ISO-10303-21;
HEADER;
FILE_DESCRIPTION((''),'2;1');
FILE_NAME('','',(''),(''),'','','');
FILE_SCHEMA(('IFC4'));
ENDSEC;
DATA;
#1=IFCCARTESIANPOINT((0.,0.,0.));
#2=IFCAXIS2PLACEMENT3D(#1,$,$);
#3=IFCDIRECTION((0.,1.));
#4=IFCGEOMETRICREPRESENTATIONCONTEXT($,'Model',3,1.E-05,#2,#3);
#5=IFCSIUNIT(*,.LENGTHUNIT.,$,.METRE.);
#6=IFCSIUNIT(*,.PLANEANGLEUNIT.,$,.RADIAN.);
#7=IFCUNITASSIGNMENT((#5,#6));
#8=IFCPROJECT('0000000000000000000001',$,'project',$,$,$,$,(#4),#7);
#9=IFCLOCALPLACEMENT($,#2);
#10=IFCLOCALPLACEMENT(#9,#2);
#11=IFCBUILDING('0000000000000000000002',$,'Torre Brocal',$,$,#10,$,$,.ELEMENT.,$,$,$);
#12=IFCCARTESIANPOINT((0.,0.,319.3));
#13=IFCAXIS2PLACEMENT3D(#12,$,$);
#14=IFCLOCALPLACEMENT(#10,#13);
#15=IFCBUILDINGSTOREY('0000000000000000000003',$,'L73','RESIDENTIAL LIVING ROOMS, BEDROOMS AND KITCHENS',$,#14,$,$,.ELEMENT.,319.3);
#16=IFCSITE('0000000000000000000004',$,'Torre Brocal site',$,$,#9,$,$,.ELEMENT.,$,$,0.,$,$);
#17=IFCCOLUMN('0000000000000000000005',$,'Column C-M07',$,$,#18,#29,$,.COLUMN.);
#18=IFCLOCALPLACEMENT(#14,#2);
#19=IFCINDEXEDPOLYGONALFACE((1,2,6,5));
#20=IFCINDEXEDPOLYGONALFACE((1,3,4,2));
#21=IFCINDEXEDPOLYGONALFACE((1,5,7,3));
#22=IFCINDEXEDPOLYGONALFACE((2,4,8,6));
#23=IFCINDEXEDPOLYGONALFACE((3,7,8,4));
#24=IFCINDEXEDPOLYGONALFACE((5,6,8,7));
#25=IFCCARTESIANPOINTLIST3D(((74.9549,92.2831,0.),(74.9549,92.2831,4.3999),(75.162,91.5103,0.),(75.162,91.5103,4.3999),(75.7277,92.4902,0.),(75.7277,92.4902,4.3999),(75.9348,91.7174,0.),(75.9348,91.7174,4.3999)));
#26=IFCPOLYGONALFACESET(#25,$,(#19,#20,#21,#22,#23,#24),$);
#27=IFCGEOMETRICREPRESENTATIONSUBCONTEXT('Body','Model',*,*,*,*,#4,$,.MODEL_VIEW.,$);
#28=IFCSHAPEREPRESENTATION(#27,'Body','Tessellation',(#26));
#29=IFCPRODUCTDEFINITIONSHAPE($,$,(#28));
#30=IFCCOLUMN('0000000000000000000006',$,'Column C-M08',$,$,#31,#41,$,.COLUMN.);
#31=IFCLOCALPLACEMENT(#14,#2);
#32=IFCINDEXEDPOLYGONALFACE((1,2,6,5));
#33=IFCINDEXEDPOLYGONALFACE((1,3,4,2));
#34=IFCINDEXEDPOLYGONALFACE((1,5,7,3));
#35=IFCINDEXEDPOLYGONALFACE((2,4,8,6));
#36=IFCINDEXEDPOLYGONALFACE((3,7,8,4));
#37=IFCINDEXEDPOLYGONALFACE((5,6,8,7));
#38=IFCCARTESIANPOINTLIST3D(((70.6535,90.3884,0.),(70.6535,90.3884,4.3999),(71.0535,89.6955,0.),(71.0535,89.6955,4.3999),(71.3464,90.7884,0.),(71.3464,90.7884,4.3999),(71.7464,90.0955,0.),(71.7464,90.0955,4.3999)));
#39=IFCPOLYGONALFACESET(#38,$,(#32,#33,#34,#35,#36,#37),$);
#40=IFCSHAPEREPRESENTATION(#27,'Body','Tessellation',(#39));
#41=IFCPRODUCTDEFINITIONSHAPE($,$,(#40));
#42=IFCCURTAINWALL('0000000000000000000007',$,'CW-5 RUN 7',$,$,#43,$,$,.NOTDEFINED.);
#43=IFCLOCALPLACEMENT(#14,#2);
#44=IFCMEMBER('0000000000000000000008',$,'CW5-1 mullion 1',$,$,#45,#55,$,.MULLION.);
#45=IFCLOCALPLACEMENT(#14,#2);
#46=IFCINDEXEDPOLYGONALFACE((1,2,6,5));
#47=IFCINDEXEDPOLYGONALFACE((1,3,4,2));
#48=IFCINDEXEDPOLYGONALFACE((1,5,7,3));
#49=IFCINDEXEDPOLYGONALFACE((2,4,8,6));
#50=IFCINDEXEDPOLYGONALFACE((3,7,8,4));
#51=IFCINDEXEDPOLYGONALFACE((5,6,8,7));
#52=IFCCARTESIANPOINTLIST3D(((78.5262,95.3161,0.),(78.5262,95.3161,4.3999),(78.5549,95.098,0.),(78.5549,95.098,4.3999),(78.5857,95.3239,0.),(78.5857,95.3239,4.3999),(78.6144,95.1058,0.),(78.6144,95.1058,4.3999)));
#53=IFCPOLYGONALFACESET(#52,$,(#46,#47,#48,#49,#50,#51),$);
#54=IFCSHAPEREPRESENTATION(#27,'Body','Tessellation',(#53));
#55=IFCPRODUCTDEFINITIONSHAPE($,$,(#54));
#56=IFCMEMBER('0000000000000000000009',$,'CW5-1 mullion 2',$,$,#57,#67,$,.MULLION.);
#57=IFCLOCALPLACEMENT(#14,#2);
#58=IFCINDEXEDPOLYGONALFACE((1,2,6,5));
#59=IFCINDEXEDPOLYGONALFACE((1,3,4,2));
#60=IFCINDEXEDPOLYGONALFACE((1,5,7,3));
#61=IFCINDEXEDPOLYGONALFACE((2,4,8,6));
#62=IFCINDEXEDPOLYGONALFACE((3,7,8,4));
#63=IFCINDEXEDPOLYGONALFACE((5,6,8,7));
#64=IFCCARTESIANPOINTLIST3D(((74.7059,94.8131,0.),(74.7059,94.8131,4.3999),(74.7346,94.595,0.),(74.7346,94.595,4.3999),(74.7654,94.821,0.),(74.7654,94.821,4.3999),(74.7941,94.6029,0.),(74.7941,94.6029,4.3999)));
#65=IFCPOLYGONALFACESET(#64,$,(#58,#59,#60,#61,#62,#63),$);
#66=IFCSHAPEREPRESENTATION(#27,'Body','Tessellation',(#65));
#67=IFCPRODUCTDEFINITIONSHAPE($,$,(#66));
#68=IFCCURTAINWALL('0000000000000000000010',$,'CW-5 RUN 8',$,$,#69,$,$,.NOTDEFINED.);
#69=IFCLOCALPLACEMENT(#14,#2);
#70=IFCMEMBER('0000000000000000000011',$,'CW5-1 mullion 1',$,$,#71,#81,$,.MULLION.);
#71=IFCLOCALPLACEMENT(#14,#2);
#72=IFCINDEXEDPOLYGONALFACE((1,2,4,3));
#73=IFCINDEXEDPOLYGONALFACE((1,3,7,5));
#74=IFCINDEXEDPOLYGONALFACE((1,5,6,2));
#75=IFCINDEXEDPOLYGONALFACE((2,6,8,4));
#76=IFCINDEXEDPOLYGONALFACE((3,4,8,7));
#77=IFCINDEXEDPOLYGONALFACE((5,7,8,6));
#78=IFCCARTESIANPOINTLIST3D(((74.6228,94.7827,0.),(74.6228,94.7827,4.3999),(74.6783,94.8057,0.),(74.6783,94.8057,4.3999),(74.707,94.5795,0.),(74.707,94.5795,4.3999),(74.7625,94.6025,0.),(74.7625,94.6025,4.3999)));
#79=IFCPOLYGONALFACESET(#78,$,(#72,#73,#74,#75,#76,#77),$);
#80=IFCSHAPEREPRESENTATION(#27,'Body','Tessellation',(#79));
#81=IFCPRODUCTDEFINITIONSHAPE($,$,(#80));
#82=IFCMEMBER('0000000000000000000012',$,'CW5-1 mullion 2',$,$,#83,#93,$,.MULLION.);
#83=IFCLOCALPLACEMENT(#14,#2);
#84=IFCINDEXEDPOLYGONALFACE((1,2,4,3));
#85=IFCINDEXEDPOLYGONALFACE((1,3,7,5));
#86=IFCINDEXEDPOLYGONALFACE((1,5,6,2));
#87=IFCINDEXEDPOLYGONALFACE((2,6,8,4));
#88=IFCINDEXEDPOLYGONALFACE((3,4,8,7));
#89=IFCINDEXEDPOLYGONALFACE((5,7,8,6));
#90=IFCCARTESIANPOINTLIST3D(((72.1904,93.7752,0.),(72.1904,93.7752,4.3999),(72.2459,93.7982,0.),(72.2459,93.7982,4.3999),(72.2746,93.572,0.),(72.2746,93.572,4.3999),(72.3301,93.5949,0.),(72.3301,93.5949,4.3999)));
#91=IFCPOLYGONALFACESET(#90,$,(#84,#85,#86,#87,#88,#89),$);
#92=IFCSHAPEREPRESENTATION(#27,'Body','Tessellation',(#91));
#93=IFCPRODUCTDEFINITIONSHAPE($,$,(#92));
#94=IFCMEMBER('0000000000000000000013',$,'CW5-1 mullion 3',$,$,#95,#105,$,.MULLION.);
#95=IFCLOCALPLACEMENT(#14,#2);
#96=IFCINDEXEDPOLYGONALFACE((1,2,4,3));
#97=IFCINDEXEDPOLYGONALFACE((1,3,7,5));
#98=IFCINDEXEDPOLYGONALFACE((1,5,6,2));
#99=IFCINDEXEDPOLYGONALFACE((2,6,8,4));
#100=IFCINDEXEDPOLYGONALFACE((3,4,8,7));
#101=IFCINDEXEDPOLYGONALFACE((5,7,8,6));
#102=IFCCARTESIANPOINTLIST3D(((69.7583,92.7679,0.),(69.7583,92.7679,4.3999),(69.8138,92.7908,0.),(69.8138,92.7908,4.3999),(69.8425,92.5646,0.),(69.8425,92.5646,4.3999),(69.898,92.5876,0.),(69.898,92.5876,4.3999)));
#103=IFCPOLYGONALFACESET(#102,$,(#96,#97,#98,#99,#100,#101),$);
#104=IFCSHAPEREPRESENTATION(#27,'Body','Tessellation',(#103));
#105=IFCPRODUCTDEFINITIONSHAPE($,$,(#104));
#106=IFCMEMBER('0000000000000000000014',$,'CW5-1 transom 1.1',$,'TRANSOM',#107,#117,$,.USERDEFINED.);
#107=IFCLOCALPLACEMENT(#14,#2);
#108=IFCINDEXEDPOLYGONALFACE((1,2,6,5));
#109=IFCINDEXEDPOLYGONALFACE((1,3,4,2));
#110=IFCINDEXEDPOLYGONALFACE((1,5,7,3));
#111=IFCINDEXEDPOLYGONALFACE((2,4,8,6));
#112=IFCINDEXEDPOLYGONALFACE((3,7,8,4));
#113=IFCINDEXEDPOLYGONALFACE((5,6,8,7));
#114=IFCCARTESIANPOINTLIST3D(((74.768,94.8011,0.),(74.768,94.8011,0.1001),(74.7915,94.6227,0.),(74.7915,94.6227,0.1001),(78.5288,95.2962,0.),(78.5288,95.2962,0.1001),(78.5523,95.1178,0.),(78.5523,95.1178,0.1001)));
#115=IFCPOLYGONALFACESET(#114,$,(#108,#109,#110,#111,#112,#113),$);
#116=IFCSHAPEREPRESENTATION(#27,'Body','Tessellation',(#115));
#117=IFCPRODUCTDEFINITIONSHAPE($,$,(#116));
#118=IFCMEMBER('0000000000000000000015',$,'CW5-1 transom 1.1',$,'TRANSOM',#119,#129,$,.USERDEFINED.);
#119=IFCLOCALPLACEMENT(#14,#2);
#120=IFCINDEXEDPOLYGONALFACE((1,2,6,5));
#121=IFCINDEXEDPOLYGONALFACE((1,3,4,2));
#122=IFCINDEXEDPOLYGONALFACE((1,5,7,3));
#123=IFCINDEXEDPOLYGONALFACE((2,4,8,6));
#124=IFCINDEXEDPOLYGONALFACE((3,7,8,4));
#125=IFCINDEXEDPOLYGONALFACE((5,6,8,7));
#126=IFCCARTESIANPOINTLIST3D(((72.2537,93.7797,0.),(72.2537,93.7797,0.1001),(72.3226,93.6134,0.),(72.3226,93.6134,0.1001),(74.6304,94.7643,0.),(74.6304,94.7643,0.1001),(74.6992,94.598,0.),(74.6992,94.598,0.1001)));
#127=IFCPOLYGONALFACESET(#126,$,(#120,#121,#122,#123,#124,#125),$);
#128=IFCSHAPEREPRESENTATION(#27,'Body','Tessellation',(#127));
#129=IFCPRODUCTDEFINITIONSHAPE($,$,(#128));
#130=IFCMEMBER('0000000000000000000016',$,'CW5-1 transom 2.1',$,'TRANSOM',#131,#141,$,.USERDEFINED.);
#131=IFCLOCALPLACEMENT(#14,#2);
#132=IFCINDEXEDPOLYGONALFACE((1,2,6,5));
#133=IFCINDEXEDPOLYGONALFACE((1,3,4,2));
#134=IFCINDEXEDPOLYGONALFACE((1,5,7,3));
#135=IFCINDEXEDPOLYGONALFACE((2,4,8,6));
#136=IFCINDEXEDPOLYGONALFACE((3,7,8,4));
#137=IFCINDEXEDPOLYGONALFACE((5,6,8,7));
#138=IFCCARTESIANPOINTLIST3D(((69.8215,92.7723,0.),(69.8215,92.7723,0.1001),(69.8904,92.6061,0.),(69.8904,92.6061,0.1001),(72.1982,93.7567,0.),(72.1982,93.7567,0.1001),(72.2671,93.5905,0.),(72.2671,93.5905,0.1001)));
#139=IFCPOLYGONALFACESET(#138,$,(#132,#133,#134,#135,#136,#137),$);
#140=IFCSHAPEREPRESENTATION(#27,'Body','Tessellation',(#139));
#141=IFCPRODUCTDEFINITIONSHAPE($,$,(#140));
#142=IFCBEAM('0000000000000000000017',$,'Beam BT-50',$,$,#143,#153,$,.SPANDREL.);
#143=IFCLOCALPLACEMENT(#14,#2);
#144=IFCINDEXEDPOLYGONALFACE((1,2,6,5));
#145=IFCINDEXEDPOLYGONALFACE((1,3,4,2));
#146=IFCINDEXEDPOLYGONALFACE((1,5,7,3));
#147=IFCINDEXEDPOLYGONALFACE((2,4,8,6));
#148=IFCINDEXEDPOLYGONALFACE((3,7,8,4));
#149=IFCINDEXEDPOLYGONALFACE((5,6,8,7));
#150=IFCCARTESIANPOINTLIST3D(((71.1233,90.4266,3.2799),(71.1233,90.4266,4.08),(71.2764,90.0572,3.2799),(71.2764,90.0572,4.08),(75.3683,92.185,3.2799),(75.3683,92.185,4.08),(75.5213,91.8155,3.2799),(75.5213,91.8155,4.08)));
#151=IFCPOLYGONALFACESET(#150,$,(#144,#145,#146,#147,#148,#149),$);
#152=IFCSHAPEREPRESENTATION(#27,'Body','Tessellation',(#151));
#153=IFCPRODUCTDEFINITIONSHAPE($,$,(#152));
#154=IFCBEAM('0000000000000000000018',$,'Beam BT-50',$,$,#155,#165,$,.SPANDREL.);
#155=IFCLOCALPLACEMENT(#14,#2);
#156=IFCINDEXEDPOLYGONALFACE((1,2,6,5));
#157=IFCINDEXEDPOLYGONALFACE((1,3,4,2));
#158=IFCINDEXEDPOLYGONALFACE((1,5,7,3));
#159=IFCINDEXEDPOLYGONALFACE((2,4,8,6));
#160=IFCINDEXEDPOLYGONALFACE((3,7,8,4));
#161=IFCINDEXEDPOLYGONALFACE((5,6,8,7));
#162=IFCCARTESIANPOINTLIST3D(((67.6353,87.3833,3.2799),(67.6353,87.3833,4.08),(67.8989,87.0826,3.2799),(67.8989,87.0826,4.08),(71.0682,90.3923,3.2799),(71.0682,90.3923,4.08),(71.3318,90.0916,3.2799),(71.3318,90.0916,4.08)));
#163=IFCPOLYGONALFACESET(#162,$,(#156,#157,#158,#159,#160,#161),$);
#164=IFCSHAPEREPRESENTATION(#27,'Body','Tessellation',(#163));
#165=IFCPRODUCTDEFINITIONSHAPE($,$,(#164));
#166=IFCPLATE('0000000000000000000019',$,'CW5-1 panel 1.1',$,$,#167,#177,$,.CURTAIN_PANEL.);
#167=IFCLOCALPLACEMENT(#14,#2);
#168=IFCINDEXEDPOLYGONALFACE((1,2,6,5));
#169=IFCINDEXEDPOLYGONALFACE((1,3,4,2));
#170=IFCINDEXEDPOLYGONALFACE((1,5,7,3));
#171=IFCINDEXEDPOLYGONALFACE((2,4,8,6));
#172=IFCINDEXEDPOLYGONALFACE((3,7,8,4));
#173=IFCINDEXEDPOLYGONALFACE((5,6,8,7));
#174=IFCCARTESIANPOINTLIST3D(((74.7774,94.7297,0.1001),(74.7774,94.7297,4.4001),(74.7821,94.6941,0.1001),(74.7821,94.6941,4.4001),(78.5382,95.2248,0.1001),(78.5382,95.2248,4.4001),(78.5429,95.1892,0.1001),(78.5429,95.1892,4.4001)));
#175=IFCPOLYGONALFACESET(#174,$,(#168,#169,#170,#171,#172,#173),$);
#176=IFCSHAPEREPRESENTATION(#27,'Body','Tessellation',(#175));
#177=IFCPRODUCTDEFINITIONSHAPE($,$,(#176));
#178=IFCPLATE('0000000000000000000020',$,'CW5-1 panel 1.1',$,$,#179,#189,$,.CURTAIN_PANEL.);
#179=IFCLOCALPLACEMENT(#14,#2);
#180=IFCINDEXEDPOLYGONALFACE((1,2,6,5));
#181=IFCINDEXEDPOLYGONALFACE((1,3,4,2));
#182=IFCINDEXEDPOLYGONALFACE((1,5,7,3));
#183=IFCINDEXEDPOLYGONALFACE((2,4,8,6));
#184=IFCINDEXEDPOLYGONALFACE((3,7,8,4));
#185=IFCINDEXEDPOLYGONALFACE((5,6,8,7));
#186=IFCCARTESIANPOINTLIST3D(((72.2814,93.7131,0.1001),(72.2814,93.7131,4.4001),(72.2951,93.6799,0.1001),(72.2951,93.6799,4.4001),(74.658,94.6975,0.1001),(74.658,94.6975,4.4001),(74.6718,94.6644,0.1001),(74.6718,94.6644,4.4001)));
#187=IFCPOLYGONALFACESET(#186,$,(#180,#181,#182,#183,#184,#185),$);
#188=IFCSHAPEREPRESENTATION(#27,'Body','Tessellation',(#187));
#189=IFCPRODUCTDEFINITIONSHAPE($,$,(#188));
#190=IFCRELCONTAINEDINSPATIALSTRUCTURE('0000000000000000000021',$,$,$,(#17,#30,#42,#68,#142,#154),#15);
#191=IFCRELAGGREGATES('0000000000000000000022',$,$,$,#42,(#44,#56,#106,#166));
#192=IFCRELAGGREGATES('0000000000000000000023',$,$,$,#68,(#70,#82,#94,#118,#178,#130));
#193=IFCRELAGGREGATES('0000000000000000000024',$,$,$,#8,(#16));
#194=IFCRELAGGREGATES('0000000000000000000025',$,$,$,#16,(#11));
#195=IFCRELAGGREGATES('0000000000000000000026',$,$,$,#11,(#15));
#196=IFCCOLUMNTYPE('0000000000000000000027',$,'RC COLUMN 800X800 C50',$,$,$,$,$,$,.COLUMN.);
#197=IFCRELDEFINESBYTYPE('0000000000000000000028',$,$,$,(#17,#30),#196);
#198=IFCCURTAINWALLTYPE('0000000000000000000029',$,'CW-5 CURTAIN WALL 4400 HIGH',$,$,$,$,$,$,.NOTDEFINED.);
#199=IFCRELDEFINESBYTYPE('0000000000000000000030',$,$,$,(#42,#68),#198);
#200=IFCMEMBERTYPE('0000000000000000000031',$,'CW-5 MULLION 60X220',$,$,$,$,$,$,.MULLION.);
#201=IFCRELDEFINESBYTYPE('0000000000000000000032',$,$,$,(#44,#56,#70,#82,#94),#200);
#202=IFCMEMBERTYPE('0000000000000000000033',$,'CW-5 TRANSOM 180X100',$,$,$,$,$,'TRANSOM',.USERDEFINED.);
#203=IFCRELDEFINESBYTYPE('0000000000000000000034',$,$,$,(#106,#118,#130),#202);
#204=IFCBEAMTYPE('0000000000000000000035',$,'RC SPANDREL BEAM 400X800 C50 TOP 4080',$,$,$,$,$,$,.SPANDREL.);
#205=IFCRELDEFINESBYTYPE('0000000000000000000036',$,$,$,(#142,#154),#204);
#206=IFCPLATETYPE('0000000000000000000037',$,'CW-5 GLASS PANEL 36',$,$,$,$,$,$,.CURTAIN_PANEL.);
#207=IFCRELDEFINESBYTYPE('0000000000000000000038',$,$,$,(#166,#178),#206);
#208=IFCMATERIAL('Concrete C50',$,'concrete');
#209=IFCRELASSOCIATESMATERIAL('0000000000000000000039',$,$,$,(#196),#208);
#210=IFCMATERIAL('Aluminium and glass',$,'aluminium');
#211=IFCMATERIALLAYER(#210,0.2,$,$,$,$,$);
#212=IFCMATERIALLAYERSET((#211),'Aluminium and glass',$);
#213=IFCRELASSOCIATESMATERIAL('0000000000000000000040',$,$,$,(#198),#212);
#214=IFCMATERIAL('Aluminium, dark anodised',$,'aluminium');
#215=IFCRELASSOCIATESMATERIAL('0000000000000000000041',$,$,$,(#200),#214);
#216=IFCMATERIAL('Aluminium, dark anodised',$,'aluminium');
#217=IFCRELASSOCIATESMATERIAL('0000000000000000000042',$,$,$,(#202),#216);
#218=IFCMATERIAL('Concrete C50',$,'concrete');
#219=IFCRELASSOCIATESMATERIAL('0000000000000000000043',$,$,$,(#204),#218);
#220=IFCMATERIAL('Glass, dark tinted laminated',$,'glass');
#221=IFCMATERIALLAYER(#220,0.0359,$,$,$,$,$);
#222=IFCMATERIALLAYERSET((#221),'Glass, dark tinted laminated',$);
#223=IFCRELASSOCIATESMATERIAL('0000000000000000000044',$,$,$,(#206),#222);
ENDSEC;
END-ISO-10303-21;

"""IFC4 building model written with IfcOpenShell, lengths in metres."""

from ifc_helpers import new_model, si_unit, direction, frame, origin, origin_2d, place, context, subcontext, project, spatial, rectangle, extrude, material, layer, layer_set, material_profile, profile_set, type_object, element, aggregate, save


model = new_model("IFC4")

# Units and contexts
model_context = context("Model", 3, precision=1e-05, world=origin(), true_north=direction((0.0, 1.0)))
body_context = subcontext(model_context, "Body", "Model", "MODEL_VIEW")
ifc_project = project(units=[si_unit("LENGTHUNIT", "METRE"), si_unit("PLANEANGLEUNIT", "RADIAN")], contexts=[model_context])

# Site, building, storey
site_placement = place(None, origin())
site = spatial("IfcSite", under=ifc_project, at=site_placement, Name="Torre Brocal site", CompositionType="ELEMENT", RefElevation=0.0)
building_placement = place(site_placement, origin())
building = spatial("IfcBuilding", under=site, at=building_placement, Name="Torre Brocal", CompositionType="ELEMENT")
storey_placement = place(building_placement, frame((0.0, 0.0, 319.3)))
storey = spatial("IfcBuildingStorey", under=building, at=storey_placement, Name="L73", Description="RESIDENTIAL LIVING ROOMS, BEDROOMS AND KITCHENS", CompositionType="ELEMENT", Elevation=319.3)

# Columns
ifc_material_1 = material(Name="Concrete C50", Category="concrete")
ifc_material_profile_1 = material_profile(ifc_material_1, rectangle(XDim=0.8, YDim=0.8, at=origin_2d()), Name="RC 800X800")
ifc_profile_set_1 = profile_set([ifc_material_profile_1], Name="Concrete C50")
column_type = type_object("IfcColumnType", Name="RC COLUMN 800X800 C50", PredefinedType="COLUMN", material=ifc_profile_set_1)
for number, where, z_axis, x_axis, name in (
    (1, (75.4448, 92.0002, 0.0), (0.0, 0.0, 1.0), (-0.258819, 0.965926, 0.0), "Column C-M07"),
    (2, (71.2, 90.2419, 0.0), (0.0, 0.0, 1.0), (-0.5, 0.866025, 0.0), "Column C-M08"),
):
    element("IfcColumn", number, at=place(storey_placement, frame(where, z_axis=z_axis, x_axis=x_axis)), inside=storey, type_object=column_type, Name=name, PredefinedType="COLUMN", context=body_context, shape_type="SweptSolid", body=[
        extrude(rectangle(XDim=0.8, YDim=0.8, at=origin_2d()), origin(), (0.0, 0.0, 1.0), 4.3999),
    ])

# Curtain walls, members
ifc_material_2 = material(Name="Aluminium and glass", Category="aluminium")
ifc_layer_1 = layer(ifc_material_2, 0.2)
ifc_layer_set_1 = layer_set([ifc_layer_1], Name="Aluminium and glass")
curtain_wall_type = type_object("IfcCurtainWallType", Name="CW-5 CURTAIN WALL 4400 HIGH", PredefinedType="NOTDEFINED", material=ifc_layer_set_1)
curtain_wall_1_placement = place(storey_placement, origin())
curtain_wall_1 = element("IfcCurtainWall", 3, at=curtain_wall_1_placement, inside=storey, type_object=curtain_wall_type, Name="CW-5 RUN 7", PredefinedType="NOTDEFINED")
ifc_material_3 = material(Name="Aluminium, dark anodised", Category="aluminium")
ifc_material_profile_2 = material_profile(ifc_material_3, rectangle(XDim=0.22, YDim=0.0601, at=origin_2d()), Name="CW-5 MULLION 60X220")
ifc_profile_set_2 = profile_set([ifc_material_profile_2], Name="Aluminium, dark anodised")
member_type_1 = type_object("IfcMemberType", Name="CW-5 MULLION 60X220", PredefinedType="MULLION", material=ifc_profile_set_2)
member_1_placement = place(storey_placement, frame((78.5703, 95.2109, 0.0), z_axis=(0.0, 0.0, 1.0), x_axis=(0.130526, -0.991445, 0.0)))
member_1 = element("IfcMember", 4, at=member_1_placement, type_object=member_type_1, Name="CW5-1 mullion 1", PredefinedType="MULLION", context=body_context, shape_type="SweptSolid", body=[
    extrude(rectangle(XDim=0.22, YDim=0.0601, at=origin_2d()), origin(), (0.0, 0.0, 1.0), 4.3999),
])
member_2_placement = place(storey_placement, frame((74.75, 94.708, 0.0), z_axis=(0.0, 0.0, 1.0), x_axis=(0.130526, -0.991445, 0.0)))
member_2 = element("IfcMember", 5, at=member_2_placement, type_object=member_type_1, Name="CW5-1 mullion 2", PredefinedType="MULLION", context=body_context, shape_type="SweptSolid", body=[
    extrude(rectangle(XDim=0.22, YDim=0.0601, at=origin_2d()), origin(), (0.0, 0.0, 1.0), 4.3999),
])
curtain_wall_2_placement = place(storey_placement, origin())
curtain_wall_2 = element("IfcCurtainWall", 6, at=curtain_wall_2_placement, inside=storey, type_object=curtain_wall_type, Name="CW-5 RUN 8", PredefinedType="NOTDEFINED")
member_3_placement = place(storey_placement, frame((74.6926, 94.6926, 0.0), z_axis=(0.0, 0.0, 1.0), x_axis=(0.382683, -0.92388, 0.0)))
member_3 = element("IfcMember", 7, at=member_3_placement, type_object=member_type_1, Name="CW5-1 mullion 1", PredefinedType="MULLION", context=body_context, shape_type="SweptSolid", body=[
    extrude(rectangle(XDim=0.22, YDim=0.0601, at=origin_2d()), origin(), (0.0, 0.0, 1.0), 4.3999),
])
member_4_placement = place(storey_placement, frame((72.2603, 93.6851, 0.0), z_axis=(0.0, 0.0, 1.0), x_axis=(0.382683, -0.92388, 0.0)))
member_4 = element("IfcMember", 8, at=member_4_placement, type_object=member_type_1, Name="CW5-1 mullion 2", PredefinedType="MULLION", context=body_context, shape_type="SweptSolid", body=[
    extrude(rectangle(XDim=0.22, YDim=0.0601, at=origin_2d()), origin(), (0.0, 0.0, 1.0), 4.3999),
])
member_5_placement = place(storey_placement, frame((69.8281, 92.6777, 0.0), z_axis=(0.0, 0.0, 1.0), x_axis=(0.382683, -0.92388, 0.0)))
member_5 = element("IfcMember", 9, at=member_5_placement, type_object=member_type_1, Name="CW5-1 mullion 3", PredefinedType="MULLION", context=body_context, shape_type="SweptSolid", body=[
    extrude(rectangle(XDim=0.22, YDim=0.0601, at=origin_2d()), origin(), (0.0, 0.0, 1.0), 4.3999),
])

# Members
ifc_material_4 = material(Name="Aluminium, dark anodised", Category="aluminium")
ifc_material_profile_3 = material_profile(ifc_material_4, rectangle(XDim=0.1799, YDim=0.1001, at=origin_2d()), Name="CW-5 TRANSOM 180X100")
ifc_profile_set_3 = profile_set([ifc_material_profile_3], Name="Aluminium, dark anodised")
member_type_2 = type_object("IfcMemberType", Name="CW-5 TRANSOM 180X100", ElementType="TRANSOM", PredefinedType="USERDEFINED", material=ifc_profile_set_3)
member_6_placement = place(storey_placement, frame((78.5405, 95.207, 0.05), z_axis=(-0.991445, -0.130528, 0.0), x_axis=(0.130528, -0.991445, 0.0)))
member_6 = element("IfcMember", 10, at=member_6_placement, type_object=member_type_2, Name="CW5-1 transom 1.1", ObjectType="TRANSOM", PredefinedType="USERDEFINED", context=body_context, shape_type="SweptSolid", body=[
    extrude(rectangle(XDim=0.1799, YDim=0.1001, at=origin_2d()), origin(), (0.0, 0.0, 1.0), 3.7932),
])
member_7_placement = place(storey_placement, frame((74.6648, 94.6812, 0.05), z_axis=(-0.923858, -0.382735, 0.0), x_axis=(0.382735, -0.923858, 0.0)))
member_7 = element("IfcMember", 11, at=member_7_placement, type_object=member_type_2, Name="CW5-1 transom 1.1", ObjectType="TRANSOM", PredefinedType="USERDEFINED", context=body_context, shape_type="SweptSolid", body=[
    extrude(rectangle(XDim=0.1799, YDim=0.1001, at=origin_2d()), origin(), (0.0, 0.0, 1.0), 2.5725),
])
member_8_placement = place(storey_placement, frame((72.2327, 93.6736, 0.05), z_axis=(-0.923892, -0.382654, 0.0), x_axis=(0.382654, -0.923892, 0.0)))
member_8 = element("IfcMember", 12, at=member_8_placement, type_object=member_type_2, Name="CW5-1 transom 2.1", ObjectType="TRANSOM", PredefinedType="USERDEFINED", context=body_context, shape_type="SweptSolid", body=[
    extrude(rectangle(XDim=0.1799, YDim=0.1001, at=origin_2d()), origin(), (0.0, 0.0, 1.0), 2.5725),
])

# Beams
ifc_material_5 = material(Name="Concrete C50", Category="concrete")
ifc_material_profile_4 = material_profile(ifc_material_5, rectangle(XDim=0.3999, YDim=0.8, at=origin_2d()), Name="RC 400X800")
ifc_profile_set_4 = profile_set([ifc_material_profile_4], Name="Concrete C50")
beam_type = type_object("IfcBeamType", Name="RC SPANDREL BEAM 400X800 C50 TOP 4080", PredefinedType="SPANDREL", material=ifc_profile_set_4)
beam_1_placement = place(storey_placement, frame((75.4448, 92.0002, 3.6799), z_axis=(-0.923878, -0.382687, 0.0), x_axis=(0.382687, -0.923878, 0.0)))
element("IfcBeam", 13, at=beam_1_placement, inside=storey, type_object=beam_type, Name="Beam BT-50", PredefinedType="SPANDREL", context=body_context, shape_type="SweptSolid", body=[
    extrude(rectangle(XDim=0.3999, YDim=0.8, at=origin_2d()), origin(), (0.0, 0.0, 1.0), 4.5947),
])
beam_2_placement = place(storey_placement, frame((71.2, 90.2419, 3.6799), z_axis=(-0.752003, -0.659159, 0.0), x_axis=(0.659159, -0.752003, 0.0)))
element("IfcBeam", 14, at=beam_2_placement, inside=storey, type_object=beam_type, Name="Beam BT-50", PredefinedType="SPANDREL", context=body_context, shape_type="SweptSolid", body=[
    extrude(rectangle(XDim=0.3999, YDim=0.8, at=origin_2d()), origin(), (0.0, 0.0, 1.0), 4.5649),
])

# Plates
ifc_material_6 = material(Name="Glass, dark tinted laminated", Category="glass")
ifc_layer_2 = layer(ifc_material_6, 0.0359)
ifc_layer_set_2 = layer_set([ifc_layer_2], Name="Glass, dark tinted laminated")
plate_type = type_object("IfcPlateType", Name="CW-5 GLASS PANEL 36", PredefinedType="CURTAIN_PANEL", material=ifc_layer_set_2)
plate_1_placement = place(storey_placement, frame((76.6602, 94.9595, 0.1001), z_axis=(0.0, 0.0, 1.0), x_axis=(-0.991445, -0.130526, 0.0)))
plate_1 = element("IfcPlate", 15, at=plate_1_placement, type_object=plate_type, Name="CW5-1 panel 1.1", PredefinedType="CURTAIN_PANEL", context=body_context, shape_type="SweptSolid", body=[
    extrude(rectangle(XDim=3.7932, YDim=0.0359, at=origin_2d()), origin(), (0.0, 0.0, 1.0), 4.3),
])
aggregate(curtain_wall_1, [member_1, member_2, member_6, plate_1])
plate_2_placement = place(storey_placement, frame((73.4766, 94.1887, 0.1001), z_axis=(0.0, 0.0, 1.0), x_axis=(-0.92388, -0.382683, 0.0)))
plate_2 = element("IfcPlate", 16, at=plate_2_placement, type_object=plate_type, Name="CW5-1 panel 1.1", PredefinedType="CURTAIN_PANEL", context=body_context, shape_type="SweptSolid", body=[
    extrude(rectangle(XDim=2.5725, YDim=0.0359, at=origin_2d()), origin(), (0.0, 0.0, 1.0), 4.3),
])
aggregate(curtain_wall_2, [member_3, member_4, member_5, member_7, plate_2, member_8])

save(model, "model.ifc")
